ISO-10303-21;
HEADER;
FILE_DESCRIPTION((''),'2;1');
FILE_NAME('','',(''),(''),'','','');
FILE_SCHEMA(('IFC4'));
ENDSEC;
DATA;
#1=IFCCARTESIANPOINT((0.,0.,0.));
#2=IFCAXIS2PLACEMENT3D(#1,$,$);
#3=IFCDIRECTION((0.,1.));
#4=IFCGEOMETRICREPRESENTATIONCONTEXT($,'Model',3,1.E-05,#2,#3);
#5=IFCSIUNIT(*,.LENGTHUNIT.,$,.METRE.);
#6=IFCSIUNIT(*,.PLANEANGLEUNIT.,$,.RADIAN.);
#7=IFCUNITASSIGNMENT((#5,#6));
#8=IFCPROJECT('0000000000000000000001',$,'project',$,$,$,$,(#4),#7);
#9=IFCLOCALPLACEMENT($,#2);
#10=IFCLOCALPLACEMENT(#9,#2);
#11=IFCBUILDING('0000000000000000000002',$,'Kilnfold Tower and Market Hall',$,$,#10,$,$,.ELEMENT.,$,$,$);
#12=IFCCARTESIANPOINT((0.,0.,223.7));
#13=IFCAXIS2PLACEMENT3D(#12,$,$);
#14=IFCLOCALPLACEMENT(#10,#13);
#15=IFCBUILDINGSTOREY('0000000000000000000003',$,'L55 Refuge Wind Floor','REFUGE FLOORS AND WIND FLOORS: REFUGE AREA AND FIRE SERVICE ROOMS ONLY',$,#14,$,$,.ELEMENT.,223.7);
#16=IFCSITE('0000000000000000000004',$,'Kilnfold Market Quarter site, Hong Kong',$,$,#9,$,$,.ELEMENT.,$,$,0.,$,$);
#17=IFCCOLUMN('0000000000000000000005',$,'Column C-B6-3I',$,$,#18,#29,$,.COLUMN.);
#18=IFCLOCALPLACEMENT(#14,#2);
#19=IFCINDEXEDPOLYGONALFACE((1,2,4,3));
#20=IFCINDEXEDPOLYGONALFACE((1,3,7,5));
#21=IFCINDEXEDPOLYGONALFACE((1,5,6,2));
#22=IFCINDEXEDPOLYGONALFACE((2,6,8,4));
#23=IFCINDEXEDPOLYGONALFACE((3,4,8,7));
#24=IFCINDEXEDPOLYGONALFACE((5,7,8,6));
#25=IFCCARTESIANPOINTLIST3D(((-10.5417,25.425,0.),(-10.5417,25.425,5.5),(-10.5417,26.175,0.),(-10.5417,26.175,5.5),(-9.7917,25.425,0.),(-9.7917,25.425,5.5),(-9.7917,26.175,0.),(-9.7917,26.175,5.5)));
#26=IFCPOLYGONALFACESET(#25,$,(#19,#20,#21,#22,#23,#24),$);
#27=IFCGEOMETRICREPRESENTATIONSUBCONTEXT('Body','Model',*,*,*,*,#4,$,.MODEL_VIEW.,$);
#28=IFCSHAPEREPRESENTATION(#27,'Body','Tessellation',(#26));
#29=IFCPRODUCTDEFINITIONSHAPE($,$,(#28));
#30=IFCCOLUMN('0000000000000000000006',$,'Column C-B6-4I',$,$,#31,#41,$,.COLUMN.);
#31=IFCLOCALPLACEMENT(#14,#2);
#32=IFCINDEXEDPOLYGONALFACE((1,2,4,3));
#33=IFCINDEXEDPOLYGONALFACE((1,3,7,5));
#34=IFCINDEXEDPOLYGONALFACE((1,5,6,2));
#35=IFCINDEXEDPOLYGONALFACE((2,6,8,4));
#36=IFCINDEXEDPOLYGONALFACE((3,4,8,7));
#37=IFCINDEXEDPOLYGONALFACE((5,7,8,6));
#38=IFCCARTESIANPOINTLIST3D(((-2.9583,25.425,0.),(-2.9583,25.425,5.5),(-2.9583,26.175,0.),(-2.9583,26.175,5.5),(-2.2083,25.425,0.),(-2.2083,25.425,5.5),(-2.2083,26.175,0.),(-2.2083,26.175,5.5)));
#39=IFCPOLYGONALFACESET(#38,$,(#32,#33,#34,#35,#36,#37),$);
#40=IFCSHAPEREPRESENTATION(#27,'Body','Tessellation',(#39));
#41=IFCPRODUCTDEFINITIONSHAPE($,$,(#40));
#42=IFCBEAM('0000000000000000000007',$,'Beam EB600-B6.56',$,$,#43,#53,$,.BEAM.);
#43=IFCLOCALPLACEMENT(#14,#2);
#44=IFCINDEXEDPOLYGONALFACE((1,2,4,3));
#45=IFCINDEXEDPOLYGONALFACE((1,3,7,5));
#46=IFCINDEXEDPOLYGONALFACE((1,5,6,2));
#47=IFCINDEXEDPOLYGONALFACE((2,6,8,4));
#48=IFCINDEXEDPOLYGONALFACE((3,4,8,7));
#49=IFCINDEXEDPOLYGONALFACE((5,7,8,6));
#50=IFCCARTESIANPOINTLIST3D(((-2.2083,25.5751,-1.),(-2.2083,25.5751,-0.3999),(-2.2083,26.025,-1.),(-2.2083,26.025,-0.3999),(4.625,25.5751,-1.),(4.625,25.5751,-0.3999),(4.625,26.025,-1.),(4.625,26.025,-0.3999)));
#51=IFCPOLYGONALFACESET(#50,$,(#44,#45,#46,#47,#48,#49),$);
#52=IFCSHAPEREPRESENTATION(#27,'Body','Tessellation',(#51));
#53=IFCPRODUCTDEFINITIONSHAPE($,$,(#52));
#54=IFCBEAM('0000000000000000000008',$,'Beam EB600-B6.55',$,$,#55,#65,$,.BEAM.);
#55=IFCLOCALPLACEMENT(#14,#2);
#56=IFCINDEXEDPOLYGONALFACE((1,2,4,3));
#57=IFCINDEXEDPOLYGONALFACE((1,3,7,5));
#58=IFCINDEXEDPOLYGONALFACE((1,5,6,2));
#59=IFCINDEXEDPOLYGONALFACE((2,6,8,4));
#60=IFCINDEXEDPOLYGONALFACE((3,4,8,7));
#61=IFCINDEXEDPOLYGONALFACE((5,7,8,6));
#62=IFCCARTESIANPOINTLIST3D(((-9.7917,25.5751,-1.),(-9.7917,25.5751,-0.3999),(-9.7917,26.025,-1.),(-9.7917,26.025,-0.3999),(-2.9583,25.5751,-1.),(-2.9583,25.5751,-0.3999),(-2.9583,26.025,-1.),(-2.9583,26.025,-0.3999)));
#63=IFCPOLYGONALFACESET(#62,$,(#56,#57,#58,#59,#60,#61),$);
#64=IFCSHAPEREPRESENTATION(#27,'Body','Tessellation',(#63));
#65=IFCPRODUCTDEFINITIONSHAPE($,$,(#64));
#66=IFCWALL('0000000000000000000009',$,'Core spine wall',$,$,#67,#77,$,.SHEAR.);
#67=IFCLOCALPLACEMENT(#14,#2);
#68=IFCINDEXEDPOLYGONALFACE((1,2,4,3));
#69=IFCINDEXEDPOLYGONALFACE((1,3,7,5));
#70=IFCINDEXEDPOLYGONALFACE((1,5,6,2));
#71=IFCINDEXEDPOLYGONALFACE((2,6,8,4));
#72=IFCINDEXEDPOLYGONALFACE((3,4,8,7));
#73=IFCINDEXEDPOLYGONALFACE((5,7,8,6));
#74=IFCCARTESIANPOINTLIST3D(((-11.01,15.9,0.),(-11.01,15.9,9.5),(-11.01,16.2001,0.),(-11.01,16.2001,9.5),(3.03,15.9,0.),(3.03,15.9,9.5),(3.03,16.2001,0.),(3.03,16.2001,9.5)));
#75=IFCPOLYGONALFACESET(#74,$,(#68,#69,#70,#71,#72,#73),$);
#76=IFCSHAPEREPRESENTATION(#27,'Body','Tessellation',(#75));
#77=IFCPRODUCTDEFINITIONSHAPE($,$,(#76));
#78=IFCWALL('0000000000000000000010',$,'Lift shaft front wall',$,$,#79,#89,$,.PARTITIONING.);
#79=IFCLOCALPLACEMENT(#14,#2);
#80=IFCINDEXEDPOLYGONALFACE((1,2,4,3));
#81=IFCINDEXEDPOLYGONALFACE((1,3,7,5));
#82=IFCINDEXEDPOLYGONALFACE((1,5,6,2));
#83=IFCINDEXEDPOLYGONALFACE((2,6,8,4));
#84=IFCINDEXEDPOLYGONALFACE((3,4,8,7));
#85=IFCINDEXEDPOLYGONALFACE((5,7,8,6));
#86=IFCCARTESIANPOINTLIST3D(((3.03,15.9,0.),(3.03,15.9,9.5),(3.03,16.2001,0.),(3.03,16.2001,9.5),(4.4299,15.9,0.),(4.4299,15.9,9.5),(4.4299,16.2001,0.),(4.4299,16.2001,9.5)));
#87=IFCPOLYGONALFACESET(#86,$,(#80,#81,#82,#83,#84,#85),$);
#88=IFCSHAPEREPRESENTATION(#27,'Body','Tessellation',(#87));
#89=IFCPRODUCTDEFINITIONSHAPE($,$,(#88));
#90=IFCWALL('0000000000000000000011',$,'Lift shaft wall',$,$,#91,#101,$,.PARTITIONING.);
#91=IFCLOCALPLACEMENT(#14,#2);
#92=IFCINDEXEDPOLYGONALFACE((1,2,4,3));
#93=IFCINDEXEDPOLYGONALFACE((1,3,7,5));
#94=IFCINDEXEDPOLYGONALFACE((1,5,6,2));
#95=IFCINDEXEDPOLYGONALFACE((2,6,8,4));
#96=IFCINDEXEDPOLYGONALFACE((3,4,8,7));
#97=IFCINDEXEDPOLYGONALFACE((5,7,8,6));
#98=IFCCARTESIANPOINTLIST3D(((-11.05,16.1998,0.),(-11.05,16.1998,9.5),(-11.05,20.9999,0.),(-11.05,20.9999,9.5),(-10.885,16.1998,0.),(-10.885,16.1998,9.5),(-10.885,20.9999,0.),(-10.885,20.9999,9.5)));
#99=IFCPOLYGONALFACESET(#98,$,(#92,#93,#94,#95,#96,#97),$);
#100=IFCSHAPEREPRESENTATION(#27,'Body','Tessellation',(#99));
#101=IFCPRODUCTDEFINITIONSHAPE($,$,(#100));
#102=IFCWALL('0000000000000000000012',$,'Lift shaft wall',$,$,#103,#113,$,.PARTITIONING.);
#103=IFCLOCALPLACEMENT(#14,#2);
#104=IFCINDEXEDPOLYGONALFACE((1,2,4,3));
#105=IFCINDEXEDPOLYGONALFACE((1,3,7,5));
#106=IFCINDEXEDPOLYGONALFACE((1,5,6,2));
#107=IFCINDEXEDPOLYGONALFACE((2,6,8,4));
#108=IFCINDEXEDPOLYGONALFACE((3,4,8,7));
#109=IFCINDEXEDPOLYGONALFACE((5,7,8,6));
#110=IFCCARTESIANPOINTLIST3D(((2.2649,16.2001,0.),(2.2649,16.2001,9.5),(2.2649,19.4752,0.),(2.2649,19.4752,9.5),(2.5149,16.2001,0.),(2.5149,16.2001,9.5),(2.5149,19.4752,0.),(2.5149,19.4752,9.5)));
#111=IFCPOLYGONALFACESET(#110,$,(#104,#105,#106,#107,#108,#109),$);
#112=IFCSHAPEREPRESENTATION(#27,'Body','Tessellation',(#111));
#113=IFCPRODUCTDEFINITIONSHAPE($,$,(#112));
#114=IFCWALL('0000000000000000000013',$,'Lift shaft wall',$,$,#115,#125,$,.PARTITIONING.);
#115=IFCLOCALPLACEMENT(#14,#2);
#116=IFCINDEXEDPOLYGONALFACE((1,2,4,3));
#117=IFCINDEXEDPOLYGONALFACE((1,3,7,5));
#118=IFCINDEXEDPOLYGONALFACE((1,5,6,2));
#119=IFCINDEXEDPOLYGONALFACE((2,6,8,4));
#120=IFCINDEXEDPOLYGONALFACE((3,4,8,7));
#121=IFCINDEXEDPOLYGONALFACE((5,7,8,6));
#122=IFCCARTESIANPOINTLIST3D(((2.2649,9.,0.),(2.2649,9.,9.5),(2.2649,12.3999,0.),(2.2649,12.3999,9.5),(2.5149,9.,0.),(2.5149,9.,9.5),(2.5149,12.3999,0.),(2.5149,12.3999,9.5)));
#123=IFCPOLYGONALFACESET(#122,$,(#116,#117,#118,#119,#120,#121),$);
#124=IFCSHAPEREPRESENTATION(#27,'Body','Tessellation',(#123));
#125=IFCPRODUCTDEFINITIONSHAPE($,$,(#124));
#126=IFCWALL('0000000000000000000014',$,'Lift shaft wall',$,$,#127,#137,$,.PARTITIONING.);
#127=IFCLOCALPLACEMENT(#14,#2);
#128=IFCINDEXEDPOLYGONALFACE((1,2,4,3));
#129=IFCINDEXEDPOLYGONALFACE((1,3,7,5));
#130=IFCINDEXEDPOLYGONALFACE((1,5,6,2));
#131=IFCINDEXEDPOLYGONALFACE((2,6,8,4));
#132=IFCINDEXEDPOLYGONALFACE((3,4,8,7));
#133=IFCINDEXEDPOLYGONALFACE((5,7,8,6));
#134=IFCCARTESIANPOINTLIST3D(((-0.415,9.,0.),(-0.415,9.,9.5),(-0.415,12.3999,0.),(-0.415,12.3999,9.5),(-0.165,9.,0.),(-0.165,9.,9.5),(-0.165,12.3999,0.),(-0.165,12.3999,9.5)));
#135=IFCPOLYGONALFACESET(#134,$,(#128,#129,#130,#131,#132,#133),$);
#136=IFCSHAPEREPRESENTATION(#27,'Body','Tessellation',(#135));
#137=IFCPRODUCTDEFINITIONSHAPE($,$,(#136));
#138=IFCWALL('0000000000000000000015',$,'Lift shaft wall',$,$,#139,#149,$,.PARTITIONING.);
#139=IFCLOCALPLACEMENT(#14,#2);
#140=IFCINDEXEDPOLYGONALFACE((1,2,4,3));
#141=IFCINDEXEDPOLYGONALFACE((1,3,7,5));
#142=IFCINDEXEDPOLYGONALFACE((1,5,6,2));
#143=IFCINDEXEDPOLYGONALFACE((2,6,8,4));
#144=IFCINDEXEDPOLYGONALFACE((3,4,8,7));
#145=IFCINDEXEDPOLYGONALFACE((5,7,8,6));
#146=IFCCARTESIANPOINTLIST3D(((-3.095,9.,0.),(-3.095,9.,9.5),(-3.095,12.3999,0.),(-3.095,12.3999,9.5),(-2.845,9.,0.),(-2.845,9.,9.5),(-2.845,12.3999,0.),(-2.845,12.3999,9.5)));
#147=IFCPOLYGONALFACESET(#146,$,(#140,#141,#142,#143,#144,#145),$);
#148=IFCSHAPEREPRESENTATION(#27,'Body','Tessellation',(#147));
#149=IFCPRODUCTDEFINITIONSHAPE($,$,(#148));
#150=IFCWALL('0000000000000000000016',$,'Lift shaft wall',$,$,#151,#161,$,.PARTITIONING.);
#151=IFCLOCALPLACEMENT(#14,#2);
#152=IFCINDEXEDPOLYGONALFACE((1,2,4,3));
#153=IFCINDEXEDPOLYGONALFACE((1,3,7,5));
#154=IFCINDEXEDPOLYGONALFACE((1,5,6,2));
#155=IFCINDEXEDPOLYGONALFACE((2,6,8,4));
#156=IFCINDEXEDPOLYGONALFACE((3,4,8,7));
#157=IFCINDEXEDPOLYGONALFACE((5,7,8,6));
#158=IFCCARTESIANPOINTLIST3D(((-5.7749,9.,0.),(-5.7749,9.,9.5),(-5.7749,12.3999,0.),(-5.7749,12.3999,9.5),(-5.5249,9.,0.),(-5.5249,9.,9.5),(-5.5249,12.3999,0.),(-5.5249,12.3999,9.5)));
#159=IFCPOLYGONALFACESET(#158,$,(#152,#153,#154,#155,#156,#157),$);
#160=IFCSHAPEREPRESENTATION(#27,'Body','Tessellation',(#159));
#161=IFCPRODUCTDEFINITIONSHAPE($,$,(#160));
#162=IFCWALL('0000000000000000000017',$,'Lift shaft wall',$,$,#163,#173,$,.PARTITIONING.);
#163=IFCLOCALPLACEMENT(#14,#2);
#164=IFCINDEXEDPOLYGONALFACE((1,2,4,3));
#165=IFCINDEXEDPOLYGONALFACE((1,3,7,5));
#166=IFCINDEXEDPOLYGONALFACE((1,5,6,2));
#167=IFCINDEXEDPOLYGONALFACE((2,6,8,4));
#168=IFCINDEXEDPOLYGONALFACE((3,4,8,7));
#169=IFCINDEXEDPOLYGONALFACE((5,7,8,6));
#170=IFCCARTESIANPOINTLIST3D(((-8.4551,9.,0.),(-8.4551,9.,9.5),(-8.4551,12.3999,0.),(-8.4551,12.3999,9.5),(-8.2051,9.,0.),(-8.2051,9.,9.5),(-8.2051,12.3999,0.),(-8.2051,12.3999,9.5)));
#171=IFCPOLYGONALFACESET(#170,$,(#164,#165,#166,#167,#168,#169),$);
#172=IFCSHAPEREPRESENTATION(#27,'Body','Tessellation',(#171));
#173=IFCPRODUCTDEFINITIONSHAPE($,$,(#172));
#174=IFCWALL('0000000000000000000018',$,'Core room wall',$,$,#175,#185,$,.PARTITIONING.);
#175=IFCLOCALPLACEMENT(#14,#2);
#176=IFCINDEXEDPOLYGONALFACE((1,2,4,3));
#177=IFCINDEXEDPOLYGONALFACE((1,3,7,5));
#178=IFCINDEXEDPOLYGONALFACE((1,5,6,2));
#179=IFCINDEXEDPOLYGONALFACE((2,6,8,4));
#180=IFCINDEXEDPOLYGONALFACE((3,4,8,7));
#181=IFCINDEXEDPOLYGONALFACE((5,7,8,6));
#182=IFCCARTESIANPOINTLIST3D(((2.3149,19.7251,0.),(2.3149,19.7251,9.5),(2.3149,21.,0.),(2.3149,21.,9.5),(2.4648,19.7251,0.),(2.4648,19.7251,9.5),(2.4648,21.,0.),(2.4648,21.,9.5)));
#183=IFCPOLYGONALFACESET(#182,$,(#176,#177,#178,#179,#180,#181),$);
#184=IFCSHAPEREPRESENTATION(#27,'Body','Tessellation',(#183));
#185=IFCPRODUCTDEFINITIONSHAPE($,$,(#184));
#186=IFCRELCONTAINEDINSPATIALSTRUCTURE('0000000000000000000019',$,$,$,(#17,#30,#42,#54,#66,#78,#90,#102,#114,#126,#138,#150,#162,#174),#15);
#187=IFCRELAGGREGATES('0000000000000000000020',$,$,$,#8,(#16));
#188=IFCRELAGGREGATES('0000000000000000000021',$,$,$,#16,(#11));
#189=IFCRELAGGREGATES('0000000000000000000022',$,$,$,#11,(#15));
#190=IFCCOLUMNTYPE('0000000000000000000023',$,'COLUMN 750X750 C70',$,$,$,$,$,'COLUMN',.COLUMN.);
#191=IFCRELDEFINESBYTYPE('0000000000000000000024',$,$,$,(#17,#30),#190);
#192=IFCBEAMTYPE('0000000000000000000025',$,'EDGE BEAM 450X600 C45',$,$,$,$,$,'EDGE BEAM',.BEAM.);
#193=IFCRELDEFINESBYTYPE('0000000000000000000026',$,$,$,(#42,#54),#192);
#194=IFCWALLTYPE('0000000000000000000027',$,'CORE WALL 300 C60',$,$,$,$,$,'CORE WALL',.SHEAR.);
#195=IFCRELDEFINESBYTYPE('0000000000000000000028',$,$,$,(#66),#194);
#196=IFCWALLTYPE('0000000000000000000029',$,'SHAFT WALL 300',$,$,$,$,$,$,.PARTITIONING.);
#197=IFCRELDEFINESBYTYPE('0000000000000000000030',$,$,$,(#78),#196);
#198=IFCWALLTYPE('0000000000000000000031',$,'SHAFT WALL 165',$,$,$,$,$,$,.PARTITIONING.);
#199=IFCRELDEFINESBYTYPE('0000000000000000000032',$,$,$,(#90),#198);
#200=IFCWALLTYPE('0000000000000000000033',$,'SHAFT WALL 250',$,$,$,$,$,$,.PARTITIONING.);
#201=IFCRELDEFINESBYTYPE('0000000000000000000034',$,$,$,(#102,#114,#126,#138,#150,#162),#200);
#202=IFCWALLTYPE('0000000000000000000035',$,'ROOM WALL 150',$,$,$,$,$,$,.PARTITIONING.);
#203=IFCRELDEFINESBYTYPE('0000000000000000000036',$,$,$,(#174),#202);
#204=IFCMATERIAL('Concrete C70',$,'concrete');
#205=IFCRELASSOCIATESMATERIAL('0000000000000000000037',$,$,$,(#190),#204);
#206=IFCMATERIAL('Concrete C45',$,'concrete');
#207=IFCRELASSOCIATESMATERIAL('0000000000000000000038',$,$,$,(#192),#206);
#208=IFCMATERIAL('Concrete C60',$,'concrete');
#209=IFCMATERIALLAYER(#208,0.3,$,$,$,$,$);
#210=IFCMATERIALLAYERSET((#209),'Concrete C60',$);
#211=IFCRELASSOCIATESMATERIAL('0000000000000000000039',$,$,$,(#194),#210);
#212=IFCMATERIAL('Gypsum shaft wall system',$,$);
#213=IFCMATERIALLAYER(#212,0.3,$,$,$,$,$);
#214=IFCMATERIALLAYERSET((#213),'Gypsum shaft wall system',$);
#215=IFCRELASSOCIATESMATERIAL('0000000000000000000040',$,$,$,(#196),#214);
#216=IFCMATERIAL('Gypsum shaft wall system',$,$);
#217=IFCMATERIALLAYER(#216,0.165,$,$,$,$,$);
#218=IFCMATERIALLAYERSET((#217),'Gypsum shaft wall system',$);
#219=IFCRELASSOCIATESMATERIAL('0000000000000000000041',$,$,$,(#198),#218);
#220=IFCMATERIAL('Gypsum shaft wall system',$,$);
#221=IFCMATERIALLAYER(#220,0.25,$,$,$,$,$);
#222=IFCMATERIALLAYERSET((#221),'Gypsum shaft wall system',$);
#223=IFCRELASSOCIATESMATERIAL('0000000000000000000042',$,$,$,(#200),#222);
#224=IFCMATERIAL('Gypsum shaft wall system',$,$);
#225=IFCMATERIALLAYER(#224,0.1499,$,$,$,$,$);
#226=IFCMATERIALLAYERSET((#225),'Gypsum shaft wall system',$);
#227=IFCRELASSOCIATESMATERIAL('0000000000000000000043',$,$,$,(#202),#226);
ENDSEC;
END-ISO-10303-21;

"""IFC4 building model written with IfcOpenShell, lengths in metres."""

from ifc_helpers import new_model, si_unit, direction, frame, frame_2d, origin, origin_2d, place, context, subcontext, project, spatial, rectangle, extrude, source, transform, mapped, material, layer, layer_set, material_profile, profile_set, type_object, element, save


model = new_model("IFC4")

# Units and contexts
model_context = context("Model", 3, precision=1e-05, world=origin(), true_north=direction((0.0, 1.0)))
body_context = subcontext(model_context, "Body", "Model", "MODEL_VIEW")
ifc_project = project(units=[si_unit("LENGTHUNIT", "METRE"), si_unit("PLANEANGLEUNIT", "RADIAN")], contexts=[model_context])

# Site, building, storey
site_placement = place(None, origin())
site = spatial("IfcSite", under=ifc_project, at=site_placement, Name="Kilnfold Market Quarter site, Hong Kong", CompositionType="ELEMENT", RefElevation=0.0)
building_placement = place(site_placement, origin())
building = spatial("IfcBuilding", under=site, at=building_placement, Name="Kilnfold Tower and Market Hall", CompositionType="ELEMENT")
storey_placement = place(building_placement, frame((0.0, 0.0, 223.7)))
storey = spatial("IfcBuildingStorey", under=building, at=storey_placement, Name="L55 Refuge Wind Floor", Description="REFUGE FLOORS AND WIND FLOORS: REFUGE AREA AND FIRE SERVICE ROOMS ONLY", CompositionType="ELEMENT", Elevation=223.7)

# Columns
ifc_material_1 = material(Name="Concrete C70", Category="concrete")
ifc_material_profile_1 = material_profile(ifc_material_1, rectangle(XDim=0.75, YDim=0.75, at=origin_2d()), Name="RC 750x750")
ifc_profile_set_1 = profile_set([ifc_material_profile_1], Name="Concrete C70")
column_type = type_object("IfcColumnType", Name="COLUMN 750X750 C70", ElementType="COLUMN", PredefinedType="COLUMN", material=ifc_profile_set_1)
shared_shape_1 = source(origin(), body_context, "Body", "SweptSolid", [
    extrude(rectangle(XDim=0.75, YDim=0.75, at=origin_2d()), origin(), (0.0, 0.0, 1.0), 5.5),
])
for number, where, z_axis, x_axis, name in (
    (1, (-10.1667, 25.8, 0.0), (0.0, 0.0, 1.0), (1.0, 0.0, 0.0), "Column C-B6-3I"),
    (2, (-2.5833, 25.8, 0.0), (0.0, 0.0, 1.0), (1.0, 0.0, 0.0), "Column C-B6-4I"),
):
    element("IfcColumn", number, at=place(storey_placement, frame(where, z_axis=z_axis, x_axis=x_axis)), inside=storey, type_object=column_type, Name=name, PredefinedType="COLUMN", context=body_context, shape_type="MappedRepresentation", body=[
        mapped(shared_shape_1, transform((0.0, 0.0, 0.0))),
    ])

# Beams
ifc_material_2 = material(Name="Concrete C45", Category="concrete")
ifc_material_profile_2 = material_profile(ifc_material_2, rectangle(XDim=0.45, YDim=0.6001, at=origin_2d()), Name="RC 450x600")
ifc_profile_set_2 = profile_set([ifc_material_profile_2], Name="Concrete C45")
beam_type = type_object("IfcBeamType", Name="EDGE BEAM 450X600 C45", ElementType="EDGE BEAM", PredefinedType="BEAM", material=ifc_profile_set_2)
shared_shape_2 = source(origin(), body_context, "Body", "SweptSolid", [
    extrude(rectangle(XDim=0.45, YDim=0.6001, at=origin_2d()), origin(), (0.0, 0.0, 1.0), 6.8333),
])
beam_1_placement = place(storey_placement, frame((-2.2083, 25.8, -0.7), z_axis=(1.0, 0.0, 0.0), x_axis=(0.0, 1.0, 0.0)))
element("IfcBeam", 3, at=beam_1_placement, inside=storey, type_object=beam_type, Name="Beam EB600-B6.56", PredefinedType="BEAM", context=body_context, shape_type="MappedRepresentation", body=[
    mapped(shared_shape_2, transform((0.0, 0.0, 0.0))),
])
shared_shape_3 = source(origin(), body_context, "Body", "SweptSolid", [
    extrude(rectangle(XDim=0.45, YDim=0.6001, at=origin_2d()), origin(), (0.0, 0.0, 1.0), 6.8335),
])
beam_2_placement = place(storey_placement, frame((-9.7917, 25.8, -0.7), z_axis=(1.0, 0.0, 0.0), x_axis=(0.0, 1.0, 0.0)))
element("IfcBeam", 4, at=beam_2_placement, inside=storey, type_object=beam_type, Name="Beam EB600-B6.55", PredefinedType="BEAM", context=body_context, shape_type="MappedRepresentation", body=[
    mapped(shared_shape_3, transform((0.0, 0.0, 0.0))),
])

# Walls
ifc_material_3 = material(Name="Concrete C60", Category="concrete")
ifc_layer_1 = layer(ifc_material_3, 0.3)
ifc_layer_set_1 = layer_set([ifc_layer_1], Name="Concrete C60")
wall_type_1 = type_object("IfcWallType", Name="CORE WALL 300 C60", ElementType="CORE WALL", PredefinedType="SHEAR", material=ifc_layer_set_1)
shared_shape_4 = source(origin(), body_context, "Body", "SweptSolid", [
    extrude(rectangle(XDim=14.04, YDim=0.3, at=frame_2d((7.02, 0.0))), origin(), (0.0, 0.0, 1.0), 9.5),
])
wall_1_placement = place(storey_placement, frame((-11.01, 16.05, 0.0), z_axis=(0.0, 0.0, 1.0), x_axis=(1.0, 0.0, 0.0)))
element("IfcWall", 5, at=wall_1_placement, inside=storey, type_object=wall_type_1, Name="Core spine wall", PredefinedType="SHEAR", context=body_context, shape_type="MappedRepresentation", body=[
    mapped(shared_shape_4, transform((0.0, 0.0, 0.0))),
])
ifc_material_4 = material(Name="Gypsum shaft wall system")
ifc_layer_2 = layer(ifc_material_4, 0.3)
ifc_layer_set_2 = layer_set([ifc_layer_2], Name="Gypsum shaft wall system")
wall_type_2 = type_object("IfcWallType", Name="SHAFT WALL 300", PredefinedType="PARTITIONING", material=ifc_layer_set_2)
shared_shape_5 = source(origin(), body_context, "Body", "SweptSolid", [
    extrude(rectangle(XDim=1.3999, YDim=0.3, at=frame_2d((0.7, 0.0))), origin(), (0.0, 0.0, 1.0), 9.5),
])
wall_2_placement = place(storey_placement, frame((3.03, 16.05, 0.0), z_axis=(0.0, 0.0, 1.0), x_axis=(1.0, 0.0, 0.0)))
element("IfcWall", 6, at=wall_2_placement, inside=storey, type_object=wall_type_2, Name="Lift shaft front wall", PredefinedType="PARTITIONING", context=body_context, shape_type="MappedRepresentation", body=[
    mapped(shared_shape_5, transform((0.0, 0.0, 0.0))),
])
ifc_material_5 = material(Name="Gypsum shaft wall system")
ifc_layer_3 = layer(ifc_material_5, 0.165)
ifc_layer_set_3 = layer_set([ifc_layer_3], Name="Gypsum shaft wall system")
wall_type_3 = type_object("IfcWallType", Name="SHAFT WALL 165", PredefinedType="PARTITIONING", material=ifc_layer_set_3)
shared_shape_6 = source(origin(), body_context, "Body", "SweptSolid", [
    extrude(rectangle(XDim=4.8, YDim=0.165, at=frame_2d((2.3999, 0.0))), origin(), (0.0, 0.0, 1.0), 9.5),
])
wall_3_placement = place(storey_placement, frame((-10.9675, 16.2, 0.0), z_axis=(0.0, 0.0, 1.0), x_axis=(0.0, 1.0, 0.0)))
element("IfcWall", 7, at=wall_3_placement, inside=storey, type_object=wall_type_3, Name="Lift shaft wall", PredefinedType="PARTITIONING", context=body_context, shape_type="MappedRepresentation", body=[
    mapped(shared_shape_6, transform((0.0, 0.0, 0.0))),
])
ifc_material_6 = material(Name="Gypsum shaft wall system")
ifc_layer_4 = layer(ifc_material_6, 0.25)
ifc_layer_set_4 = layer_set([ifc_layer_4], Name="Gypsum shaft wall system")
wall_type_4 = type_object("IfcWallType", Name="SHAFT WALL 250", PredefinedType="PARTITIONING", material=ifc_layer_set_4)
shared_shape_7 = source(origin(), body_context, "Body", "SweptSolid", [
    extrude(rectangle(XDim=3.2751, YDim=0.25, at=frame_2d((1.6377, 0.0))), origin(), (0.0, 0.0, 1.0), 9.5),
])
wall_4_placement = place(storey_placement, frame((2.3899, 16.2, 0.0), z_axis=(0.0, 0.0, 1.0), x_axis=(0.0, 1.0, 0.0)))
element("IfcWall", 8, at=wall_4_placement, inside=storey, type_object=wall_type_4, Name="Lift shaft wall", PredefinedType="PARTITIONING", context=body_context, shape_type="MappedRepresentation", body=[
    mapped(shared_shape_7, transform((0.0, 0.0, 0.0))),
])
shared_shape_8 = source(origin(), body_context, "Body", "SweptSolid", [
    extrude(rectangle(XDim=3.3999, YDim=0.25, at=frame_2d((1.7, 0.0))), origin(), (0.0, 0.0, 1.0), 9.5),
])
for number, where, z_axis, x_axis, name in (
    (9, (2.3899, 9.0, 0.0), (0.0, 0.0, 1.0), (0.0, 1.0, 0.0), "Lift shaft wall"),
    (10, (-0.29, 9.0, 0.0), (0.0, 0.0, 1.0), (0.0, 1.0, 0.0), "Lift shaft wall"),
    (11, (-2.97, 9.0, 0.0), (0.0, 0.0, 1.0), (0.0, 1.0, 0.0), "Lift shaft wall"),
    (12, (-5.6499, 9.0, 0.0), (0.0, 0.0, 1.0), (0.0, 1.0, 0.0), "Lift shaft wall"),
    (13, (-8.3301, 9.0, 0.0), (0.0, 0.0, 1.0), (0.0, 1.0, 0.0), "Lift shaft wall"),
):
    element("IfcWall", number, at=place(storey_placement, frame(where, z_axis=z_axis, x_axis=x_axis)), inside=storey, type_object=wall_type_4, Name=name, PredefinedType="PARTITIONING", context=body_context, shape_type="MappedRepresentation", body=[
        mapped(shared_shape_8, transform((0.0, 0.0, 0.0))),
    ])
ifc_material_7 = material(Name="Gypsum shaft wall system")
ifc_layer_5 = layer(ifc_material_7, 0.1499)
ifc_layer_set_5 = layer_set([ifc_layer_5], Name="Gypsum shaft wall system")
wall_type_5 = type_object("IfcWallType", Name="ROOM WALL 150", PredefinedType="PARTITIONING", material=ifc_layer_set_5)
shared_shape_9 = source(origin(), body_context, "Body", "SweptSolid", [
    extrude(rectangle(XDim=1.2749, YDim=0.1499, at=frame_2d((0.6375, 0.0))), origin(), (0.0, 0.0, 1.0), 9.5),
])
for number, where, z_axis, x_axis, name in (
    (14, (2.3899, 19.7251, 0.0), (0.0, 0.0, 1.0), (0.0, 1.0, 0.0), "Core room wall"),
):
    element("IfcWall", number, at=place(storey_placement, frame(where, z_axis=z_axis, x_axis=x_axis)), inside=storey, type_object=wall_type_5, Name=name, PredefinedType="PARTITIONING", context=body_context, shape_type="MappedRepresentation", body=[
        mapped(shared_shape_9, transform((0.0, 0.0, 0.0))),
    ])

save(model, "model.ifc")
